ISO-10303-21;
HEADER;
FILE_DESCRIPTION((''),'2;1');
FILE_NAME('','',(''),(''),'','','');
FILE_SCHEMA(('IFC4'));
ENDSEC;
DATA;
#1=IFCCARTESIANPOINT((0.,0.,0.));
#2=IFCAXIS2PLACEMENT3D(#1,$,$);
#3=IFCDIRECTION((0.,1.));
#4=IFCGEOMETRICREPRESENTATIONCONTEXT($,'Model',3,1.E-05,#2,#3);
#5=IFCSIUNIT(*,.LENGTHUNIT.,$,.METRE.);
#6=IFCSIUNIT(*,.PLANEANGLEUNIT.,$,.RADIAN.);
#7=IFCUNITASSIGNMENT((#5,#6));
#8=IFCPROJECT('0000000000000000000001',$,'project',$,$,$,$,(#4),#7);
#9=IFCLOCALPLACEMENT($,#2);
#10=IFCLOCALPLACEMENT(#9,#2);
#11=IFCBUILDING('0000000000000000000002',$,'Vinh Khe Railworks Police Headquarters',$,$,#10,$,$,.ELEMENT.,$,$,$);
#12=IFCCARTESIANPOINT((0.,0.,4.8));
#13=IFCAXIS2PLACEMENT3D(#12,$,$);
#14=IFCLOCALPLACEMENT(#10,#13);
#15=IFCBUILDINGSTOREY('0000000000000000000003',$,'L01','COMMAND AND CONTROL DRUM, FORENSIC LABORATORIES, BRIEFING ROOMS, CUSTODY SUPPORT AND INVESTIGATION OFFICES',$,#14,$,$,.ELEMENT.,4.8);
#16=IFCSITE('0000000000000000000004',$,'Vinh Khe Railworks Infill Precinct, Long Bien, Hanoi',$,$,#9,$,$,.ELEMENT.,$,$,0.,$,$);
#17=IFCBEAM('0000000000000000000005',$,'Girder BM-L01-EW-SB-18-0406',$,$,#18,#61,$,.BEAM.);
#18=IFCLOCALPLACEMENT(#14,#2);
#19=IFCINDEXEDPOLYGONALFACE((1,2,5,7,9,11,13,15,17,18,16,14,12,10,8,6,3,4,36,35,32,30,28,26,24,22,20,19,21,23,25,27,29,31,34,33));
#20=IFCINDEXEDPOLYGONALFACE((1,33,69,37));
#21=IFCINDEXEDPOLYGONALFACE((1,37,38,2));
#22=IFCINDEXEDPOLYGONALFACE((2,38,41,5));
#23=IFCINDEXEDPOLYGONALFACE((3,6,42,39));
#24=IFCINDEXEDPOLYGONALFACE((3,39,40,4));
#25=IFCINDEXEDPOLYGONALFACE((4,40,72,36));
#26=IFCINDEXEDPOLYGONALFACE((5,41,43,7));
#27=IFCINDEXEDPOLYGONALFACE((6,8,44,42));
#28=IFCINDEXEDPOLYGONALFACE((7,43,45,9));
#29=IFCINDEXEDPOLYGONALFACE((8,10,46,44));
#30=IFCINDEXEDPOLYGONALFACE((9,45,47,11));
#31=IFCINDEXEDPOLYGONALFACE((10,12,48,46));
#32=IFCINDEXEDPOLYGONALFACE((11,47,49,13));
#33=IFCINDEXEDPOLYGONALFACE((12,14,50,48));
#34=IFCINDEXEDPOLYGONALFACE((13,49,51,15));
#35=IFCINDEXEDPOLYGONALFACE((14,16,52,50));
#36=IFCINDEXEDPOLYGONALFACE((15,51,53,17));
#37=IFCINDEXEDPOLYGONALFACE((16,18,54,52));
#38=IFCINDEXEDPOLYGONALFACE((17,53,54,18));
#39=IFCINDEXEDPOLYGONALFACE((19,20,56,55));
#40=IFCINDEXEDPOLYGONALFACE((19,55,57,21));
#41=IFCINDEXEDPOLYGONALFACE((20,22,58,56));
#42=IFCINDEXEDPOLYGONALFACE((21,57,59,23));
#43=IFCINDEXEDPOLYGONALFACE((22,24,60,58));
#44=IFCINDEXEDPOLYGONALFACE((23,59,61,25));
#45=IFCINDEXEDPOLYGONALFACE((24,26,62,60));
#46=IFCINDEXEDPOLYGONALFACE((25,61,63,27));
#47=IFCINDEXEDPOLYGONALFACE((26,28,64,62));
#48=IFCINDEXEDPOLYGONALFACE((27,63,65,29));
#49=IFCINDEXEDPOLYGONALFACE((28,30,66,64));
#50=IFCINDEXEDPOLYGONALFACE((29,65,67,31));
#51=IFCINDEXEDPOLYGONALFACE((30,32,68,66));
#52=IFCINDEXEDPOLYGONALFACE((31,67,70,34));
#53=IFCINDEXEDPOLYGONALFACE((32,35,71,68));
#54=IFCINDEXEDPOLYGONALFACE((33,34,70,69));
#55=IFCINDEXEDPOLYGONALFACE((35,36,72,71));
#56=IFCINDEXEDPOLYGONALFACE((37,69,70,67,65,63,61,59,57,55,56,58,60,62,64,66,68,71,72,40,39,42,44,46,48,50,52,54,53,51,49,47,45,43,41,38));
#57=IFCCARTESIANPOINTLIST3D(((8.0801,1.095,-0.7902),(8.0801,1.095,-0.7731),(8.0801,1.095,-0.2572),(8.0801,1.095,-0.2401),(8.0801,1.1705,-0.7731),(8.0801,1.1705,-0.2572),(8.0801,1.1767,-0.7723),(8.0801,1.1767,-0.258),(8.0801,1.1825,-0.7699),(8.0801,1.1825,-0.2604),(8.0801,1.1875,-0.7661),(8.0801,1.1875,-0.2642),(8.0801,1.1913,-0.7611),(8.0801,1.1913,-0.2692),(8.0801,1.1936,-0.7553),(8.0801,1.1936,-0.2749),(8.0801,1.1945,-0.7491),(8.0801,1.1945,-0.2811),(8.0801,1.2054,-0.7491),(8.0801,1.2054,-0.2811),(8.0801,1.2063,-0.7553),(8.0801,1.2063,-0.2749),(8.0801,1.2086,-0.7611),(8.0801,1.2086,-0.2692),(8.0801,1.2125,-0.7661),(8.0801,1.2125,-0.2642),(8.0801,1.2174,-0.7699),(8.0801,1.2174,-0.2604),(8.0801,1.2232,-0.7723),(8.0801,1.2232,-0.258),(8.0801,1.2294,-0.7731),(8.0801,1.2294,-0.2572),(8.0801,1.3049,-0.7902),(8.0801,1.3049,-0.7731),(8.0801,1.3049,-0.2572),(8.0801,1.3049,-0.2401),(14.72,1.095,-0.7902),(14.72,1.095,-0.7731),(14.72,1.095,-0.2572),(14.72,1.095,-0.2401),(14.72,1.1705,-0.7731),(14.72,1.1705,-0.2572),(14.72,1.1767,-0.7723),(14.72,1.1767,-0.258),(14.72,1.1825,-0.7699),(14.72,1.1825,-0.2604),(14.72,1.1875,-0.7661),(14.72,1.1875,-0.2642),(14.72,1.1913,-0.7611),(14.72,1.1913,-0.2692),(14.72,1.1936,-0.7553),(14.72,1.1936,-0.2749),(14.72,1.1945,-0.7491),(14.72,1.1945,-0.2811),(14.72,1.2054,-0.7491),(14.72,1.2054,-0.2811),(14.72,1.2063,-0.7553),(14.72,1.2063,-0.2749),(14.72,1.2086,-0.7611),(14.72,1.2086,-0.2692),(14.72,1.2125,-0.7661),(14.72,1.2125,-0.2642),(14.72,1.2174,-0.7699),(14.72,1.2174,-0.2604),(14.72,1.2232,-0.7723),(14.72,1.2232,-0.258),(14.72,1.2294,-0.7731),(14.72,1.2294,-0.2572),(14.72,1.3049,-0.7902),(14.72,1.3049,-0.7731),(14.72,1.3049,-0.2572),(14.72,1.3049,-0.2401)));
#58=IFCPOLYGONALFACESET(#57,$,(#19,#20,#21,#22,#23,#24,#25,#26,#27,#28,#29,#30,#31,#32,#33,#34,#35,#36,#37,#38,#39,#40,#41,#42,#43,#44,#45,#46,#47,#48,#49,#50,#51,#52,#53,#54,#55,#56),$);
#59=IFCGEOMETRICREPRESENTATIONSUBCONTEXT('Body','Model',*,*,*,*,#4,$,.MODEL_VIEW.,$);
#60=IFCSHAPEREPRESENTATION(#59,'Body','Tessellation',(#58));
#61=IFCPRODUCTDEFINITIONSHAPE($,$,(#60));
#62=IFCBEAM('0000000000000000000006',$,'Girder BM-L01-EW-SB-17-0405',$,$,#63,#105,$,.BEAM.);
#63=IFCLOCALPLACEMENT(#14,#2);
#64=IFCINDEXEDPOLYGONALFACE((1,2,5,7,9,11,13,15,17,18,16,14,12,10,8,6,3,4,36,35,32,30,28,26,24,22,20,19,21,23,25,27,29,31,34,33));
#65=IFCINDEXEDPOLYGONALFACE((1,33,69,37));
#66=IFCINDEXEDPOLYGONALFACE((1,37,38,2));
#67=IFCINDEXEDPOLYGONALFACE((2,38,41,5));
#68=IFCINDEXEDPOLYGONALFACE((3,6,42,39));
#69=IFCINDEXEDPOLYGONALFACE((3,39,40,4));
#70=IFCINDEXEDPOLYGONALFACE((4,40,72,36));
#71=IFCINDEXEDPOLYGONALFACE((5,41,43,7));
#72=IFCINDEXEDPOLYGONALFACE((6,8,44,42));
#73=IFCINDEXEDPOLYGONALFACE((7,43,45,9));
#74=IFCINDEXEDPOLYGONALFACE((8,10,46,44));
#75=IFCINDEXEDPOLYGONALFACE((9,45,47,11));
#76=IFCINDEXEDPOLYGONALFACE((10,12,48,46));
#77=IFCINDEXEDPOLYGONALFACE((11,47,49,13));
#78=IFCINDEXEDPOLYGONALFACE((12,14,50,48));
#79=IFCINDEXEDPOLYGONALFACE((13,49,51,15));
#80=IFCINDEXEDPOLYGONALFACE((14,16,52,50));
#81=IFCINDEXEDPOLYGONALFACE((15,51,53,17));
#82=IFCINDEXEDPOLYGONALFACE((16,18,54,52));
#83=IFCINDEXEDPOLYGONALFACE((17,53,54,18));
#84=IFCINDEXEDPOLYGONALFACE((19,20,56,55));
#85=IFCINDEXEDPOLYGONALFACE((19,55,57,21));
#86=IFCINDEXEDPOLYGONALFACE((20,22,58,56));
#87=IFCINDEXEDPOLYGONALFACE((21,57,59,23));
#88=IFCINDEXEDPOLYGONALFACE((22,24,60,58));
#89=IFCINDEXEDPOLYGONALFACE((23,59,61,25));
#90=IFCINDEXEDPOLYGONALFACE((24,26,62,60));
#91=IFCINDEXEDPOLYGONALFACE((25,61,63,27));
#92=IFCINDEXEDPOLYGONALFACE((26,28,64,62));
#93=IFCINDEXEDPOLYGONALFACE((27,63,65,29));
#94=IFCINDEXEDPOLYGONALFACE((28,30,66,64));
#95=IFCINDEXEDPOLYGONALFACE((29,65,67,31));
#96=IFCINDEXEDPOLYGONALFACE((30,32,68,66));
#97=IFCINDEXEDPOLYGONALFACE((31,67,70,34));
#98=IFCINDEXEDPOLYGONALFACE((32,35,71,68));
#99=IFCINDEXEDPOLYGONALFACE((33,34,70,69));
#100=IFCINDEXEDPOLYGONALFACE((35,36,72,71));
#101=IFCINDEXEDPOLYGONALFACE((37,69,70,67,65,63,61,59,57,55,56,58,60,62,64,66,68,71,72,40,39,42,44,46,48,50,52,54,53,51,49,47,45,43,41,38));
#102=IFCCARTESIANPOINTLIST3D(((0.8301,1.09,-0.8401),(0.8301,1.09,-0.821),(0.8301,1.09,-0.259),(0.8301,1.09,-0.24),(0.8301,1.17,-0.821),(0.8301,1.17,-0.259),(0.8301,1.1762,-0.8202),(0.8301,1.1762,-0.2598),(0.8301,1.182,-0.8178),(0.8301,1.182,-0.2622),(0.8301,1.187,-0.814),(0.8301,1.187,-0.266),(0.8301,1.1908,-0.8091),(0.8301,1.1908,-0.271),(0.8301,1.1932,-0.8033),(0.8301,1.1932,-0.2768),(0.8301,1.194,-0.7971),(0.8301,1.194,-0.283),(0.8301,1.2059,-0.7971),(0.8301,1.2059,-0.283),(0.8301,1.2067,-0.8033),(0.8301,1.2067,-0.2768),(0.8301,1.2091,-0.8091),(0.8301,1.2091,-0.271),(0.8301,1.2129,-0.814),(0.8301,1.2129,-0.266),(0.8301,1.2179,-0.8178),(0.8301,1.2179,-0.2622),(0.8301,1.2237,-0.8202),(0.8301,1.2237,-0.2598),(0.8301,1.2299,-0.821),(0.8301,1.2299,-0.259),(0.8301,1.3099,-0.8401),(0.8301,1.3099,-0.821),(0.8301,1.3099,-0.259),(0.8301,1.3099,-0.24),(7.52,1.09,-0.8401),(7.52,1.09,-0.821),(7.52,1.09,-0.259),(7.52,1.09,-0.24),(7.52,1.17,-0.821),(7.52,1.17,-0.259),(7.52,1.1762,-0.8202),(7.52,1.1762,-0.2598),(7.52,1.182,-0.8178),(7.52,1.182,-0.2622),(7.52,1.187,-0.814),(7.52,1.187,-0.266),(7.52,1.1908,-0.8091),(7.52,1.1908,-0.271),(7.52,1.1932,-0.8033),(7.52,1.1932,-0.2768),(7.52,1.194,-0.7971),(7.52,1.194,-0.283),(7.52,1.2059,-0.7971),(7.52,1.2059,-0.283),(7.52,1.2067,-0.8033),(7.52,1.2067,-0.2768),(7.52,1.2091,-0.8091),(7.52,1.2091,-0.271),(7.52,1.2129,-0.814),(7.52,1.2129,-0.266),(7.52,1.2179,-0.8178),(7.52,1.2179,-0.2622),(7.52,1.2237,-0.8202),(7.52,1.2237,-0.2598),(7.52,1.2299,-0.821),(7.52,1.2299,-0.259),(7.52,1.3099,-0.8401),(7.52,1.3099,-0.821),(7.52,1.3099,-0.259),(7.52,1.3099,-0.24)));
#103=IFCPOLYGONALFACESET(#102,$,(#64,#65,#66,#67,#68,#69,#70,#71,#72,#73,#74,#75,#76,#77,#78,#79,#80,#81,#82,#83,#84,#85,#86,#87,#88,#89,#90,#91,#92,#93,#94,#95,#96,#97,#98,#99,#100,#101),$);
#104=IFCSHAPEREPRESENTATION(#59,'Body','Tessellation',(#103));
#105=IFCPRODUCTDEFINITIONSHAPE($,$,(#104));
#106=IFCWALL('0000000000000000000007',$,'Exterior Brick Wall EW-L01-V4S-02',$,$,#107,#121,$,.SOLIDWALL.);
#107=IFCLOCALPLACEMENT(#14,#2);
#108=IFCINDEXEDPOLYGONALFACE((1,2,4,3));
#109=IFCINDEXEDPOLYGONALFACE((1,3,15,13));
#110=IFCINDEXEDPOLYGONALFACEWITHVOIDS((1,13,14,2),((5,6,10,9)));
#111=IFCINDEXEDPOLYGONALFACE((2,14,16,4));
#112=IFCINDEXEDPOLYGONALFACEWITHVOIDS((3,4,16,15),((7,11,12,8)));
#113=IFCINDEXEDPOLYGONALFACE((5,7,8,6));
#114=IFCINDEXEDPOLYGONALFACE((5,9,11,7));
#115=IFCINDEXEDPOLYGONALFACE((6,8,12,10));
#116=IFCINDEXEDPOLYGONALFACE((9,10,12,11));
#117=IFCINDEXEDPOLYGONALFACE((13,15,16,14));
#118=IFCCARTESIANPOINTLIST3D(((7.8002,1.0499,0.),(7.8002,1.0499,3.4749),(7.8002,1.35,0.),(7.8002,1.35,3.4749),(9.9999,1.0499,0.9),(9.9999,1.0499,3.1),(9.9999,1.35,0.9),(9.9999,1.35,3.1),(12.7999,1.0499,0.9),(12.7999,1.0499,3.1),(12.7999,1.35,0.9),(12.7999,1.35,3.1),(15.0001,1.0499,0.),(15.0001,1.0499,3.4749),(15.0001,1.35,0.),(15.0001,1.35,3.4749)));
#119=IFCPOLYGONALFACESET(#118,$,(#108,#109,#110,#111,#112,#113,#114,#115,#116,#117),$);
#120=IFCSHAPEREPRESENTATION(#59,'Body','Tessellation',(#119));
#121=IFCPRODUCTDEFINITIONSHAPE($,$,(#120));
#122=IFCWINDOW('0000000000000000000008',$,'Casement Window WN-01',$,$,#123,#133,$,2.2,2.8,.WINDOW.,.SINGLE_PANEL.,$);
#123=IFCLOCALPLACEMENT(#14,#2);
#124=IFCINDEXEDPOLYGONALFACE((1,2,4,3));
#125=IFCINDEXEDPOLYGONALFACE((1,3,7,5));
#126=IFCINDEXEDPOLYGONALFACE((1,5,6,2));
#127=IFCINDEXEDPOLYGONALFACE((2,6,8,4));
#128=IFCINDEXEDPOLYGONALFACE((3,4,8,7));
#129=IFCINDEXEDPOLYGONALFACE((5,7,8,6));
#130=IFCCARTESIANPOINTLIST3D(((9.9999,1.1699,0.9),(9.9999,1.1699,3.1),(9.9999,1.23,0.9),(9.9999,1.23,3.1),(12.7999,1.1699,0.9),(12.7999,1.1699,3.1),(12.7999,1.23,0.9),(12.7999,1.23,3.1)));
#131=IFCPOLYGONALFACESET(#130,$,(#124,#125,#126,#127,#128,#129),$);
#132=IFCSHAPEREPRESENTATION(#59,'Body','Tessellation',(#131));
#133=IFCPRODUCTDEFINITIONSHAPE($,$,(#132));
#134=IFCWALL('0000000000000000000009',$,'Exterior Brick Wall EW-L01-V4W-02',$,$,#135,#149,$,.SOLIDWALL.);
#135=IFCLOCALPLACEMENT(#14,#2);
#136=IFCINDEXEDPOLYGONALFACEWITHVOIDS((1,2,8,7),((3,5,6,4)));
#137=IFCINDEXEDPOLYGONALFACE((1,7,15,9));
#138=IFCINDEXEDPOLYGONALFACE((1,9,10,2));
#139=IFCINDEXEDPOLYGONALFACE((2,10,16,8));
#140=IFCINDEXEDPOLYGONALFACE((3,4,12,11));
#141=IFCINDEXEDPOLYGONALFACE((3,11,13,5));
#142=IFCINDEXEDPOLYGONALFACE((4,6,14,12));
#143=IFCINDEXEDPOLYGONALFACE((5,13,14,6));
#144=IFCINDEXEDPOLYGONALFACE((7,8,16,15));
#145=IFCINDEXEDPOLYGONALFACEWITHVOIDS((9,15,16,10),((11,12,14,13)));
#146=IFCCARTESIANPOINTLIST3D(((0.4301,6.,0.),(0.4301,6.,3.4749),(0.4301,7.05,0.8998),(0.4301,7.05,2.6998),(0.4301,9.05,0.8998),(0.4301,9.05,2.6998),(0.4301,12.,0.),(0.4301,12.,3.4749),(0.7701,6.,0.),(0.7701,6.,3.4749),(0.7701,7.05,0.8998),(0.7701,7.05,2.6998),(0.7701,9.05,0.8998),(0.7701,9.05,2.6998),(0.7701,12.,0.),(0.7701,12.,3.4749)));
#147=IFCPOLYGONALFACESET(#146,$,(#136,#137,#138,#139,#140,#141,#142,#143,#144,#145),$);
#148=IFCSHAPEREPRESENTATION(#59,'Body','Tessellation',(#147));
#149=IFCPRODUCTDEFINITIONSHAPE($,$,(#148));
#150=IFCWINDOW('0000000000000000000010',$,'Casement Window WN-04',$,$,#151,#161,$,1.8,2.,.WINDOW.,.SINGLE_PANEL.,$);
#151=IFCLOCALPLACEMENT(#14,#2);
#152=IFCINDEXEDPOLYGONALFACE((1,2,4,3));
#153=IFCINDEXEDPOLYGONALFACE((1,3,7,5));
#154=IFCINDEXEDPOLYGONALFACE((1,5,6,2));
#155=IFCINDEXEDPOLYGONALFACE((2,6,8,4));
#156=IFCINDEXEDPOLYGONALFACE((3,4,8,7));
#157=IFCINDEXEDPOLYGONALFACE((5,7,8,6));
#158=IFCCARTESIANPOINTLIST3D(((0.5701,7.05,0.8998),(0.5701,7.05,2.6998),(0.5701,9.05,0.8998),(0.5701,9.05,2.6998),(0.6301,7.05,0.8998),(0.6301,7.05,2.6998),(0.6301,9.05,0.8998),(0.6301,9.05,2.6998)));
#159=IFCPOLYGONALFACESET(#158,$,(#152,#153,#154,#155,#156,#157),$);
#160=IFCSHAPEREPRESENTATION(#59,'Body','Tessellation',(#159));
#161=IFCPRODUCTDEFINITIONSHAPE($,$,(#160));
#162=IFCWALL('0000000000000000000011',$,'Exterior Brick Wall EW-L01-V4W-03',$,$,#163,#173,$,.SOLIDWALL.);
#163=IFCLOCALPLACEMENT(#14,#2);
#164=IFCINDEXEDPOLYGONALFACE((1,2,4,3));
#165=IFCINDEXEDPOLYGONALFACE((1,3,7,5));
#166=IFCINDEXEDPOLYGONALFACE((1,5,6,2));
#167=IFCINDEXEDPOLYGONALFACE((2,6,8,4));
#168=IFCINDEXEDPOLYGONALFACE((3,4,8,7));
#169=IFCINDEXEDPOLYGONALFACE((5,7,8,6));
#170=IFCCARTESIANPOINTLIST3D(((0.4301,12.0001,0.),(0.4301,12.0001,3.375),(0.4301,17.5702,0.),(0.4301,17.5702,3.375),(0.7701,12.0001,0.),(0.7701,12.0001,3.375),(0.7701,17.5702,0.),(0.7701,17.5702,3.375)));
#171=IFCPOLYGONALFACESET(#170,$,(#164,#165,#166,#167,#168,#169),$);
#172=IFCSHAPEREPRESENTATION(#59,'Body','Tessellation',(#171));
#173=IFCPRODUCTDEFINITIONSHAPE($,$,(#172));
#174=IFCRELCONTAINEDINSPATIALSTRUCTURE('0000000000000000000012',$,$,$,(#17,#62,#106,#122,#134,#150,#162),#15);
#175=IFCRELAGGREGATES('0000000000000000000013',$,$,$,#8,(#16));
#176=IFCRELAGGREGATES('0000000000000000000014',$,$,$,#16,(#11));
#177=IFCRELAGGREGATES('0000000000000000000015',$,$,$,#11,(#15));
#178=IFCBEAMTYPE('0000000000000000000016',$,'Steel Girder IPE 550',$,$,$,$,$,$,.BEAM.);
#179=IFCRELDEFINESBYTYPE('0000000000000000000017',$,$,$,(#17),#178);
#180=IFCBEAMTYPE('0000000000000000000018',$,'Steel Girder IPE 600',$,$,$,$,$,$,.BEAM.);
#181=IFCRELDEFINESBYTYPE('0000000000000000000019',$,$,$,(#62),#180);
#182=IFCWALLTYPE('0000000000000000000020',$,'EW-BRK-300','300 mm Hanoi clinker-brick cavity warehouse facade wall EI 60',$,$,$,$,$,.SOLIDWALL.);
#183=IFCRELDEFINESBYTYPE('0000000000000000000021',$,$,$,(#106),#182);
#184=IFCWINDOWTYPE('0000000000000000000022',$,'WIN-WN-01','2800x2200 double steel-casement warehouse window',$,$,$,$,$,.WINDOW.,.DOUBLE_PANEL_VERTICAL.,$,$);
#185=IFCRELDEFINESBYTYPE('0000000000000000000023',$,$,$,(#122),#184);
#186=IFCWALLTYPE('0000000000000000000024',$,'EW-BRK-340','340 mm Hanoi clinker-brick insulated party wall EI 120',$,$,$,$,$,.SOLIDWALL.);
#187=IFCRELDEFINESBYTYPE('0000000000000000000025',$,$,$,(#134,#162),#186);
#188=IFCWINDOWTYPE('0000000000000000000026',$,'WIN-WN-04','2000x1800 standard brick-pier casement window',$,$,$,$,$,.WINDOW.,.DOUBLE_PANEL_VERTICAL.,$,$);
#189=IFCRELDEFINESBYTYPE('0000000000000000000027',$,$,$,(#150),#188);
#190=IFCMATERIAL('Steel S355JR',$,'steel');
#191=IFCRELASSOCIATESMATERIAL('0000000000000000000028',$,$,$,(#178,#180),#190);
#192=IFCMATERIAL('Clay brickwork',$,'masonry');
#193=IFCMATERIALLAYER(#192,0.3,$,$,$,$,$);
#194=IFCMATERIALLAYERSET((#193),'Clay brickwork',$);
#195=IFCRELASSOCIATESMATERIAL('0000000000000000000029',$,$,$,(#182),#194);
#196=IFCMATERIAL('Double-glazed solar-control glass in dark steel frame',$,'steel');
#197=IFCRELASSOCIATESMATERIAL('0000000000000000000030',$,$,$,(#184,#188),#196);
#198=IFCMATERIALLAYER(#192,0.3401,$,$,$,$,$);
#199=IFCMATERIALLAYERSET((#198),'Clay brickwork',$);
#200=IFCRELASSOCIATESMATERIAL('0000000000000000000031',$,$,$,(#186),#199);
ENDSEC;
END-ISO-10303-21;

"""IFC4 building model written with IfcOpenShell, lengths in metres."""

from ifc_helpers import new_model, si_unit, direction, frame, frame_2d, origin, origin_2d, place, context, subcontext, project, spatial, rectangle, i_section, extrude, material, layer, layer_set, material_profile, profile_set, type_object, element, fill, save


model = new_model("IFC4")

# Units and contexts
model_context = context("Model", 3, precision=1e-05, world=origin(), true_north=direction((0.0, 1.0)))
body_context = subcontext(model_context, "Body", "Model", "MODEL_VIEW")
ifc_project = project(units=[si_unit("LENGTHUNIT", "METRE"), si_unit("PLANEANGLEUNIT", "RADIAN")], contexts=[model_context])

# Site, building, storey
site_placement = place(None, origin())
site = spatial("IfcSite", under=ifc_project, at=site_placement, Name="Vinh Khe Railworks Infill Precinct, Long Bien, Hanoi", CompositionType="ELEMENT", RefElevation=0.0)
building_placement = place(site_placement, origin())
building = spatial("IfcBuilding", under=site, at=building_placement, Name="Vinh Khe Railworks Police Headquarters", CompositionType="ELEMENT")
storey_placement = place(building_placement, frame((0.0, 0.0, 4.8)))
storey = spatial("IfcBuildingStorey", under=building, at=storey_placement, Name="L01", Description="COMMAND AND CONTROL DRUM, FORENSIC LABORATORIES, BRIEFING ROOMS, CUSTODY SUPPORT AND INVESTIGATION OFFICES", CompositionType="ELEMENT", Elevation=4.8)

# Shared definitions
ifc_material_1 = material(Name="Steel S355JR", Category="steel")

# Beams
ifc_material_profile_1 = material_profile(ifc_material_1, i_section(OverallWidth=0.21, OverallDepth=0.55, WebThickness=0.011, FlangeThickness=0.0171, FilletRadius=0.0239, at=origin_2d()), Name="IPE 550")
ifc_profile_set_1 = profile_set([ifc_material_profile_1], Name="Steel S355JR")
beam_type_1 = type_object("IfcBeamType", Name="Steel Girder IPE 550", PredefinedType="BEAM", material=ifc_profile_set_1)
beam_1_placement = place(storey_placement, frame((8.0801, 1.2, -0.5151), z_axis=(1.0, 0.0, 0.0), x_axis=(0.0, 1.0, 0.0)))
element("IfcBeam", 1, at=beam_1_placement, inside=storey, type_object=beam_type_1, Name="Girder BM-L01-EW-SB-18-0406", PredefinedType="BEAM", context=body_context, shape_type="SweptSolid", body=[
    extrude(i_section(OverallWidth=0.21, OverallDepth=0.55, WebThickness=0.011, FlangeThickness=0.0171, FilletRadius=0.0239, at=origin_2d()), origin(), (0.0, 0.0, 1.0), 6.6399),
])
ifc_material_profile_2 = material_profile(ifc_material_1, i_section(OverallWidth=0.22, OverallDepth=0.6001, WebThickness=0.012, FlangeThickness=0.019, FilletRadius=0.0239, at=origin_2d()), Name="IPE 600")
ifc_profile_set_2 = profile_set([ifc_material_profile_2], Name="Steel S355JR")
beam_type_2 = type_object("IfcBeamType", Name="Steel Girder IPE 600", PredefinedType="BEAM", material=ifc_profile_set_2)
beam_2_placement = place(storey_placement, frame((0.8301, 1.2, -0.54), z_axis=(1.0, 0.0, 0.0), x_axis=(0.0, 1.0, 0.0)))
element("IfcBeam", 2, at=beam_2_placement, inside=storey, type_object=beam_type_2, Name="Girder BM-L01-EW-SB-17-0405", PredefinedType="BEAM", context=body_context, shape_type="SweptSolid", body=[
    extrude(i_section(OverallWidth=0.22, OverallDepth=0.6001, WebThickness=0.012, FlangeThickness=0.019, FilletRadius=0.0239, at=origin_2d()), origin(), (0.0, 0.0, 1.0), 6.6899),
])

# Walls, openings, windows
ifc_material_2 = material(Name="Clay brickwork", Category="masonry")
ifc_layer_1 = layer(ifc_material_2, 0.3)
ifc_layer_set_1 = layer_set([ifc_layer_1], Name="Clay brickwork")
wall_type_1 = type_object("IfcWallType", Name="EW-BRK-300", Description="300 mm Hanoi clinker-brick cavity warehouse facade wall EI 60", PredefinedType="SOLIDWALL", material=ifc_layer_set_1)
wall_1_placement = place(storey_placement, frame((7.8, 1.2, 0.0), z_axis=(0.0, 0.0, 1.0), x_axis=(1.0, 0.0, 0.0)))
wall_1 = element("IfcWall", 3, at=wall_1_placement, inside=storey, type_object=wall_type_1, Name="Exterior Brick Wall EW-L01-V4S-02", PredefinedType="SOLIDWALL", context=body_context, shape_type="SweptSolid", body=[
    extrude(rectangle(XDim=7.2, YDim=0.3, at=frame_2d((3.6001, 0.0))), origin(), (0.0, 0.0, 1.0), 3.4749),
])
opening_1_placement = place(wall_1_placement, frame((2.2, 0.0, 0.8999)))
opening_1 = element("IfcOpeningElement", 4, at=opening_1_placement, cuts=wall_1, PredefinedType="OPENING", context=body_context, shape_type="SweptSolid", body=[
    extrude(rectangle(XDim=2.8, YDim=2.2, at=frame_2d((1.3999, 1.1001))), frame((0.0, 0.165, 0.0), z_axis=(0.0, -1.0, 0.0), x_axis=(1.0, 0.0, 0.0)), (0.0, 0.0, 1.0), 0.3298),
])
ifc_material_3 = material(Name="Double-glazed solar-control glass in dark steel frame", Category="steel")
window_type_1 = type_object("IfcWindowType", Name="WIN-WN-01", Description="2800x2200 double steel-casement warehouse window", PartitioningType="DOUBLE_PANEL_VERTICAL", PredefinedType="WINDOW", material=ifc_material_3)
window_1_placement = place(opening_1_placement, origin())
window_1 = element("IfcWindow", 5, at=window_1_placement, inside=storey, type_object=window_type_1, Name="Casement Window WN-01", OverallHeight=2.2, OverallWidth=2.8, PartitioningType="SINGLE_PANEL", PredefinedType="WINDOW", context=body_context, shape_type="SweptSolid", body=[
    extrude(rectangle(XDim=2.8, YDim=2.2, at=frame_2d((1.3999, 1.1001))), frame((0.0, 0.03, 0.0), z_axis=(0.0, -1.0, 0.0), x_axis=(1.0, 0.0, 0.0)), (0.0, 0.0, 1.0), 0.0601),
])
fill(opening_1, window_1)
ifc_layer_2 = layer(ifc_material_2, 0.3401)
ifc_layer_set_2 = layer_set([ifc_layer_2], Name="Clay brickwork")
wall_type_2 = type_object("IfcWallType", Name="EW-BRK-340", Description="340 mm Hanoi clinker-brick insulated party wall EI 120", PredefinedType="SOLIDWALL", material=ifc_layer_set_2)
wall_2_placement = place(storey_placement, frame((0.6001, 6.0, 0.0), z_axis=(0.0, 0.0, 1.0), x_axis=(0.0, 1.0, 0.0)))
wall_2 = element("IfcWall", 6, at=wall_2_placement, inside=storey, type_object=wall_type_2, Name="Exterior Brick Wall EW-L01-V4W-02", PredefinedType="SOLIDWALL", context=body_context, shape_type="SweptSolid", body=[
    extrude(rectangle(XDim=6.0, YDim=0.3401, at=frame_2d((3.0, 0.0))), origin(), (0.0, 0.0, 1.0), 3.4749),
])
opening_2_placement = place(wall_2_placement, frame((1.05, 0.0, 0.8999)))
opening_2 = element("IfcOpeningElement", 7, at=opening_2_placement, cuts=wall_2, PredefinedType="OPENING", context=body_context, shape_type="SweptSolid", body=[
    extrude(rectangle(XDim=2.0, YDim=1.8, at=frame_2d((1.0, 0.8999))), frame((0.0, 0.1851, 0.0), z_axis=(0.0, -1.0, 0.0), x_axis=(1.0, 0.0, 0.0)), (0.0, 0.0, 1.0), 0.3699),
])
window_type_2 = type_object("IfcWindowType", Name="WIN-WN-04", Description="2000x1800 standard brick-pier casement window", PartitioningType="DOUBLE_PANEL_VERTICAL", PredefinedType="WINDOW", material=ifc_material_3)
window_2_placement = place(opening_2_placement, origin())
window_2 = element("IfcWindow", 8, at=window_2_placement, inside=storey, type_object=window_type_2, Name="Casement Window WN-04", OverallHeight=1.8, OverallWidth=2.0, PartitioningType="SINGLE_PANEL", PredefinedType="WINDOW", context=body_context, shape_type="SweptSolid", body=[
    extrude(rectangle(XDim=2.0, YDim=1.8, at=frame_2d((1.0, 0.8999))), frame((0.0, 0.03, 0.0), z_axis=(0.0, -1.0, 0.0), x_axis=(1.0, 0.0, 0.0)), (0.0, 0.0, 1.0), 0.0601),
])
fill(opening_2, window_2)

# Wall
wall_3_placement = place(storey_placement, frame((0.6001, 12.0, 0.0), z_axis=(0.0, 0.0, 1.0), x_axis=(0.0, 1.0, 0.0)))
element("IfcWall", 9, at=wall_3_placement, inside=storey, type_object=wall_type_2, Name="Exterior Brick Wall EW-L01-V4W-03", PredefinedType="SOLIDWALL", context=body_context, shape_type="SweptSolid", body=[
    extrude(rectangle(XDim=5.5701, YDim=0.3401, at=frame_2d((2.7852, 0.0))), origin(), (0.0, 0.0, 1.0), 3.375),
])

save(model, "model.ifc")
